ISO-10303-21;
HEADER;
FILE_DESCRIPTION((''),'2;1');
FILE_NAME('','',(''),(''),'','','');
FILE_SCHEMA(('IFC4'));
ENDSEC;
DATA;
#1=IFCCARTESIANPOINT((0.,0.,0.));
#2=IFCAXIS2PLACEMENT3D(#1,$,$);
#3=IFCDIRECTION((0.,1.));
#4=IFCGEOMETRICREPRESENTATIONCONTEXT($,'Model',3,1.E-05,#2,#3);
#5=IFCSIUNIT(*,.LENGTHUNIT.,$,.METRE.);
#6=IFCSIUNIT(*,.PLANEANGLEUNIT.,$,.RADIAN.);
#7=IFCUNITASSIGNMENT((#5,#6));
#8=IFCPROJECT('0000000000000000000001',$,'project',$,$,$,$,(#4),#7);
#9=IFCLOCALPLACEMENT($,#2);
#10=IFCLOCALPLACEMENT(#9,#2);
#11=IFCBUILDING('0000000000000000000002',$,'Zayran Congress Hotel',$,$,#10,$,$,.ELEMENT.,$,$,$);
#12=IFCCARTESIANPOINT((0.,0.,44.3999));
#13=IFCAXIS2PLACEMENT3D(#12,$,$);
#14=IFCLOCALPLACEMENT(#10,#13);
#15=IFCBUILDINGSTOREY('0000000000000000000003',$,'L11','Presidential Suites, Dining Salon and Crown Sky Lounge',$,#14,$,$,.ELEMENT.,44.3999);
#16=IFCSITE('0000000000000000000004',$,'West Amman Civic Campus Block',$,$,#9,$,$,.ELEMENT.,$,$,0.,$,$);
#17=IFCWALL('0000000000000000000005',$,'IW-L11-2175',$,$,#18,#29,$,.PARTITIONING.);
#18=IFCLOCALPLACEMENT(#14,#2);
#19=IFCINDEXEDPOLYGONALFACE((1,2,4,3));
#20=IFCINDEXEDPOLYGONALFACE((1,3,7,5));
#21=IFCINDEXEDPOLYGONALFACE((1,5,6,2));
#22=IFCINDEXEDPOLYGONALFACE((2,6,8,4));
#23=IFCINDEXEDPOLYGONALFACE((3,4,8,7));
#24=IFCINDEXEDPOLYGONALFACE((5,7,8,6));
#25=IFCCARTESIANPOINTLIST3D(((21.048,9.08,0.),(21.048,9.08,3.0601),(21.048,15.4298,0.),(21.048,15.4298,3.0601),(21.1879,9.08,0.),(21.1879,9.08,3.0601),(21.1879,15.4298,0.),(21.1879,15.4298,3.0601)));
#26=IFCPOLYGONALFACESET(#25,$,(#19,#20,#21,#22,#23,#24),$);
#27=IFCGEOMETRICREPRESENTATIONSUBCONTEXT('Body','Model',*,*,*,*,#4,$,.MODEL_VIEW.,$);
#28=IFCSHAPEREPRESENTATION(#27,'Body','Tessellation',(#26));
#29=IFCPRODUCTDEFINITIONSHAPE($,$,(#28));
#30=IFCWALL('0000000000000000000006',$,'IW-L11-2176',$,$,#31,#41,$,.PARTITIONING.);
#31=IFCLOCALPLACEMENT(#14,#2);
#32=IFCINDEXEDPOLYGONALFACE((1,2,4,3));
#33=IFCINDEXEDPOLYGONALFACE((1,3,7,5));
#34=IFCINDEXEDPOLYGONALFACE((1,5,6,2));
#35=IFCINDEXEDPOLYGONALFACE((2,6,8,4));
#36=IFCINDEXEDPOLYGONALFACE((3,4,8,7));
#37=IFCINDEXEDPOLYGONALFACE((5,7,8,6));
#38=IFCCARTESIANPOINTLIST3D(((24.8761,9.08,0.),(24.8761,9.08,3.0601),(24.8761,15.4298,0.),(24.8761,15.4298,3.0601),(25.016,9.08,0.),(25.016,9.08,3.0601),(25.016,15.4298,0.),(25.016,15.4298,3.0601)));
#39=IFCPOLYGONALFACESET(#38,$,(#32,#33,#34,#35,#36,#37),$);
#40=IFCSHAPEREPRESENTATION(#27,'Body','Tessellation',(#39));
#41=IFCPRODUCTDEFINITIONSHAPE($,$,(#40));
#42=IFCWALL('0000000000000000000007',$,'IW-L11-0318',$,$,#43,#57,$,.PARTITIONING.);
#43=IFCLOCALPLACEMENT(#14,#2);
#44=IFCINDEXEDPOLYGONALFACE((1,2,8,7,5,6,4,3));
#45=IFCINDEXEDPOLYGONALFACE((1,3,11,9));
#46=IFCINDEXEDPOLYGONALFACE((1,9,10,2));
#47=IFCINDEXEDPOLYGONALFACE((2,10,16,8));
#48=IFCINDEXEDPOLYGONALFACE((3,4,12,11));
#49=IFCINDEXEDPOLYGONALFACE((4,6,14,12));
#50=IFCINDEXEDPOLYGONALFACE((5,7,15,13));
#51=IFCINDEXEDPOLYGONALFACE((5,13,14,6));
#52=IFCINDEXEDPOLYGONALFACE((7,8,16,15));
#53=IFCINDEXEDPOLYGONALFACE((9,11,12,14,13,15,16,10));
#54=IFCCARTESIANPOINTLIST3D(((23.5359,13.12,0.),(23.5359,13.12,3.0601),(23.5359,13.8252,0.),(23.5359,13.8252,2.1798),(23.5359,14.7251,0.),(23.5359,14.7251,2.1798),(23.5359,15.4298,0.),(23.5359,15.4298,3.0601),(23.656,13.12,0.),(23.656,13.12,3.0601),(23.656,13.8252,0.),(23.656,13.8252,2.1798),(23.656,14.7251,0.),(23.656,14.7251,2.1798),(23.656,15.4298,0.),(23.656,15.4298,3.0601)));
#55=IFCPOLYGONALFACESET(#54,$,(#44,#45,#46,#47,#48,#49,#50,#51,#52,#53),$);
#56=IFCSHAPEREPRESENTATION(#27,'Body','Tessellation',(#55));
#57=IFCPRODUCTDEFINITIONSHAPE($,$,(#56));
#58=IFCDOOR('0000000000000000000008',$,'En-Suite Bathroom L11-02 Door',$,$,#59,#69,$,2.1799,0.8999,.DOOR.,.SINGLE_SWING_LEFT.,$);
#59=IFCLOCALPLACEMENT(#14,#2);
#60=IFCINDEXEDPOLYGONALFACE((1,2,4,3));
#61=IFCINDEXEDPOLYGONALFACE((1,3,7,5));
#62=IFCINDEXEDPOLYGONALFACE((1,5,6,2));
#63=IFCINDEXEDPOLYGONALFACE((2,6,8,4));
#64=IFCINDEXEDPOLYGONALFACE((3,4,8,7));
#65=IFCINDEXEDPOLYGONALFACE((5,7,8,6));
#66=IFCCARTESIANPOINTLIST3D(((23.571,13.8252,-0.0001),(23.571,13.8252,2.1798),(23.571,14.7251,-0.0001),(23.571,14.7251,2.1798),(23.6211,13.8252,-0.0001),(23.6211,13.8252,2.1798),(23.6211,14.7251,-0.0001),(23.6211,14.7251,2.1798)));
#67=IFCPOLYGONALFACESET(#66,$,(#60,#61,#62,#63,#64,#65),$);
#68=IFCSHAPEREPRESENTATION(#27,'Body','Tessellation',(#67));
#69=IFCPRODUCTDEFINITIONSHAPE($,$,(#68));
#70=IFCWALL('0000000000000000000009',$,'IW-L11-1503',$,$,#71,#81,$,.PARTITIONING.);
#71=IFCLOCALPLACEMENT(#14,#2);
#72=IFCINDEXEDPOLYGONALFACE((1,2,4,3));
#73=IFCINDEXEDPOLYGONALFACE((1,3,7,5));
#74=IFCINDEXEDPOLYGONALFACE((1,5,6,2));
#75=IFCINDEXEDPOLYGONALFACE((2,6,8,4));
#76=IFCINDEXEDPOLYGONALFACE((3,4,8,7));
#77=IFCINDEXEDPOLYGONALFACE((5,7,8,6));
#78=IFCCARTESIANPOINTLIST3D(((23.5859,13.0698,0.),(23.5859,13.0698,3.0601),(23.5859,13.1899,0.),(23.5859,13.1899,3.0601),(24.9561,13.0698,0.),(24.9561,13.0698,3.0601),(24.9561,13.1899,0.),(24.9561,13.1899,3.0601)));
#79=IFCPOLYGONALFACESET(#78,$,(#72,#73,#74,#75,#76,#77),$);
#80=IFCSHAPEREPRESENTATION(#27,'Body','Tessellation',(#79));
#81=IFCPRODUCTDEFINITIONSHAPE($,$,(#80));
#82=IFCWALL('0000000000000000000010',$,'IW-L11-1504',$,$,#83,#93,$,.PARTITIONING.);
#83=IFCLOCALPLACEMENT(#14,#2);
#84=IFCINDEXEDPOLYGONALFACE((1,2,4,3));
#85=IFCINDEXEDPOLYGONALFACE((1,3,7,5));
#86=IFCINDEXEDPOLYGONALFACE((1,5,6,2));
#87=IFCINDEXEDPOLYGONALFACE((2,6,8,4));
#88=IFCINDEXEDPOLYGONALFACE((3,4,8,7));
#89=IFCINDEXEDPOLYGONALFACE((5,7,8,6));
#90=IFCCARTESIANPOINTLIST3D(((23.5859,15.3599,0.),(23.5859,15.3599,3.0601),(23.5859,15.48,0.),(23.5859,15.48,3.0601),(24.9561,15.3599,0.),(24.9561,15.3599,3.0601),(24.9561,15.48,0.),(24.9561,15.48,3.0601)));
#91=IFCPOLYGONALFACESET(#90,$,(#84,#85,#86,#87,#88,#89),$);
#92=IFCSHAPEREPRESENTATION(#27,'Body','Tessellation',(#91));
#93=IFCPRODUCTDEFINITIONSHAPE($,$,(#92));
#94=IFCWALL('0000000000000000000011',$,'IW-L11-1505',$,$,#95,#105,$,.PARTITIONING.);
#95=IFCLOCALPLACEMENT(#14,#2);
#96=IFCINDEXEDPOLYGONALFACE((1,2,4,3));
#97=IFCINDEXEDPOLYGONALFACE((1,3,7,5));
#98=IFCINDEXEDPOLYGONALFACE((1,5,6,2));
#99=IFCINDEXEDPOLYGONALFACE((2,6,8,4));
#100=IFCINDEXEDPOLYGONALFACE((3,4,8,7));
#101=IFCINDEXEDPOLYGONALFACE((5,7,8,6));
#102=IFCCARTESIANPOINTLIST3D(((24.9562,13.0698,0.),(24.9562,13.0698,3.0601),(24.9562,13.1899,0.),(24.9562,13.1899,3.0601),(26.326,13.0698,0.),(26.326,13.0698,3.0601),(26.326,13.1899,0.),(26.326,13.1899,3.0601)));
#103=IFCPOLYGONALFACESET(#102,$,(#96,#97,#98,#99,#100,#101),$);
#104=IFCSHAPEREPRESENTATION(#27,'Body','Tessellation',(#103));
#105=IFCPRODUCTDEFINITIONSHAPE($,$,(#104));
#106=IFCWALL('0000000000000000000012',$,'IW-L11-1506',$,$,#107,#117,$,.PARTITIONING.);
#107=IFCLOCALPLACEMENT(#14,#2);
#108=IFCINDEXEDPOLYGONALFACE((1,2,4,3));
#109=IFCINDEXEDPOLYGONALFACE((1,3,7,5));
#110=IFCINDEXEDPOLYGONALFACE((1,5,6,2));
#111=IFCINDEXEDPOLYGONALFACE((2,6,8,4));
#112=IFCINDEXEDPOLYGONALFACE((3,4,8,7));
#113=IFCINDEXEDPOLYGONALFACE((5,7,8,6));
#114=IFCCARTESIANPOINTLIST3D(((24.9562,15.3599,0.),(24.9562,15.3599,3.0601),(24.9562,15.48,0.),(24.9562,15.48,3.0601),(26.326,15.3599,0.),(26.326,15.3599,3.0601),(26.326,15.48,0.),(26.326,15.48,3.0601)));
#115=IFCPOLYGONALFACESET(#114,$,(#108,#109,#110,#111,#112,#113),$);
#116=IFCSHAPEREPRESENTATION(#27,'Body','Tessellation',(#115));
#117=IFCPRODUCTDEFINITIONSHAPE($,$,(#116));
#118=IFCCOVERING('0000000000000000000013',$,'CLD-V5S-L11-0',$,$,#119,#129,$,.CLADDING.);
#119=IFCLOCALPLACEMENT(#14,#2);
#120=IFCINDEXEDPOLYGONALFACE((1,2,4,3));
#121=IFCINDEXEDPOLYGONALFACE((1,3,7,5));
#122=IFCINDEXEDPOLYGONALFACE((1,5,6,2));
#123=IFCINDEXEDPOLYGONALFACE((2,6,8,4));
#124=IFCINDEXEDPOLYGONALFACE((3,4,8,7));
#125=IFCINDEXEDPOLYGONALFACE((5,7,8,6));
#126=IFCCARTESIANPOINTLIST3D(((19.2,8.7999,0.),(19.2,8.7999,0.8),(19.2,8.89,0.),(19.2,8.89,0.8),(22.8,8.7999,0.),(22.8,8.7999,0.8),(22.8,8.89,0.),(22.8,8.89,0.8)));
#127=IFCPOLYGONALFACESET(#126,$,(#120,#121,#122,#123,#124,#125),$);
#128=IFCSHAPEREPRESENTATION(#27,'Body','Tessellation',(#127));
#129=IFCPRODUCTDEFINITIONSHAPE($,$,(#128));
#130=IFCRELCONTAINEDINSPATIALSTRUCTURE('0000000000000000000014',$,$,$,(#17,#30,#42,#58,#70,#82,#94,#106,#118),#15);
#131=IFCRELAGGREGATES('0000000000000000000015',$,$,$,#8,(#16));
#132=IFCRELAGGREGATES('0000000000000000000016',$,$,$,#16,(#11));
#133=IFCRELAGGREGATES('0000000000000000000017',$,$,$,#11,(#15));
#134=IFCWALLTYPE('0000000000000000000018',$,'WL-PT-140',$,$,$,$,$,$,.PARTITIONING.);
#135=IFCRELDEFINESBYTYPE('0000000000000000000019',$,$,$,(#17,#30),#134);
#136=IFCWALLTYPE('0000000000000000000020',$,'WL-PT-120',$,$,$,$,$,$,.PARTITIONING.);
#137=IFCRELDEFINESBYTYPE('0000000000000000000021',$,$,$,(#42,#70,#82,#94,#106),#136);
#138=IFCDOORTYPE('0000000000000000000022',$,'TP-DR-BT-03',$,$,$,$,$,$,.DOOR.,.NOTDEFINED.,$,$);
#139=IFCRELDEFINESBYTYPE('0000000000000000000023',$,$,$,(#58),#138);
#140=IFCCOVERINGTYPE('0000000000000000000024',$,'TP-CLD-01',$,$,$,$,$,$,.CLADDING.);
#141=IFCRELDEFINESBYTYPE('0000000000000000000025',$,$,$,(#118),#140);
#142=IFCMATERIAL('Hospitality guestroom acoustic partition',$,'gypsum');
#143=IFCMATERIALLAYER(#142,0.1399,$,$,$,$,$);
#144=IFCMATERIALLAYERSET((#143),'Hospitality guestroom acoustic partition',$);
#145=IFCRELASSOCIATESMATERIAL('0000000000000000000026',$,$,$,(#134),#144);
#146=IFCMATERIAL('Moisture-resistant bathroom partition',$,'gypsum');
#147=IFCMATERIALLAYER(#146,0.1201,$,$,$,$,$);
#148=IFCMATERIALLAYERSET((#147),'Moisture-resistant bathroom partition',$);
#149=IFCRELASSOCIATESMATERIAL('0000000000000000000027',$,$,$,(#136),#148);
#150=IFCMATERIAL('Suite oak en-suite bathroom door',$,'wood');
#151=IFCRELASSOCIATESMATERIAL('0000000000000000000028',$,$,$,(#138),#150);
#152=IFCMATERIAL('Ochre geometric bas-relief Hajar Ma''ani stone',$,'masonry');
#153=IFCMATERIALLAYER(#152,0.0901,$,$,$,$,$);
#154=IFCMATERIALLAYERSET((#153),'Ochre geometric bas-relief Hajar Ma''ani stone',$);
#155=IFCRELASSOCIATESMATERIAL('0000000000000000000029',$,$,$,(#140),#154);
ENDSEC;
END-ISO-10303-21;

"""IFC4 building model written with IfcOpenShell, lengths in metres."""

from ifc_helpers import new_model, si_unit, direction, frame, frame_2d, origin, origin_2d, place, context, subcontext, project, spatial, rectangle, extrude, material, layer, layer_set, type_object, element, fill, save


model = new_model("IFC4")

# Units and contexts
model_context = context("Model", 3, precision=1e-05, world=origin(), true_north=direction((0.0, 1.0)))
body_context = subcontext(model_context, "Body", "Model", "MODEL_VIEW")
ifc_project = project(units=[si_unit("LENGTHUNIT", "METRE"), si_unit("PLANEANGLEUNIT", "RADIAN")], contexts=[model_context])

# Site, building, storey
site_placement = place(None, origin())
site = spatial("IfcSite", under=ifc_project, at=site_placement, Name="West Amman Civic Campus Block", CompositionType="ELEMENT", RefElevation=0.0)
building_placement = place(site_placement, origin())
building = spatial("IfcBuilding", under=site, at=building_placement, Name="Zayran Congress Hotel", CompositionType="ELEMENT")
storey_placement = place(building_placement, frame((0.0, 0.0, 44.3999)))
storey = spatial("IfcBuildingStorey", under=building, at=storey_placement, Name="L11", Description="Presidential Suites, Dining Salon and Crown Sky Lounge", CompositionType="ELEMENT", Elevation=44.3999)

# Shared definitions
ifc_material_1 = material(Name="Hospitality guestroom acoustic partition", Category="gypsum")
ifc_layer_1 = layer(ifc_material_1, 0.1399)
ifc_layer_set_1 = layer_set([ifc_layer_1], Name="Hospitality guestroom acoustic partition")
wall_type_1 = type_object("IfcWallType", Name="WL-PT-140", PredefinedType="PARTITIONING", material=ifc_layer_set_1)

# Walls
for number, where, z_axis, x_axis, name in (
    (1, (21.1179, 9.0801, 0.0), (0.0, 0.0, 1.0), (0.0, 1.0, 0.0), "IW-L11-2175"),
    (2, (24.946, 9.0801, 0.0), (0.0, 0.0, 1.0), (0.0, 1.0, 0.0), "IW-L11-2176"),
):
    element("IfcWall", number, at=place(storey_placement, frame(where, z_axis=z_axis, x_axis=x_axis)), inside=storey, type_object=wall_type_1, Name=name, PredefinedType="PARTITIONING", context=body_context, shape_type="SweptSolid", body=[
        extrude(rectangle(XDim=6.3499, YDim=0.1399, at=frame_2d((3.1748, 0.0))), origin(), (0.0, 0.0, 1.0), 3.0601),
    ])

# Wall, opening, door
ifc_material_2 = material(Name="Moisture-resistant bathroom partition", Category="gypsum")
ifc_layer_2 = layer(ifc_material_2, 0.1201)
ifc_layer_set_2 = layer_set([ifc_layer_2], Name="Moisture-resistant bathroom partition")
wall_type_2 = type_object("IfcWallType", Name="WL-PT-120", PredefinedType="PARTITIONING", material=ifc_layer_set_2)
wall_1_placement = place(storey_placement, frame((23.5959, 13.1201, 0.0), z_axis=(0.0, 0.0, 1.0), x_axis=(0.0, 1.0, 0.0)))
wall_1 = element("IfcWall", 3, at=wall_1_placement, inside=storey, type_object=wall_type_2, Name="IW-L11-0318", PredefinedType="PARTITIONING", context=body_context, shape_type="SweptSolid", body=[
    extrude(rectangle(XDim=2.3098, YDim=0.1201, at=frame_2d((1.1548, 0.0))), origin(), (0.0, 0.0, 1.0), 3.0601),
])
opening_1_placement = place(wall_1_placement, frame((0.7051, 0.0, 0.0)))
opening_1 = element("IfcOpeningElement", 4, at=opening_1_placement, cuts=wall_1, PredefinedType="OPENING", context=body_context, shape_type="SweptSolid", body=[
    extrude(rectangle(XDim=0.8999, YDim=2.1799, at=frame_2d((0.45, 1.0898))), frame((0.0, 0.0701, 0.0), z_axis=(0.0, -1.0, 0.0), x_axis=(1.0, 0.0, 0.0)), (0.0, 0.0, 1.0), 0.1401),
])
ifc_material_3 = material(Name="Suite oak en-suite bathroom door", Category="wood")
door_type_1 = type_object("IfcDoorType", Name="TP-DR-BT-03", OperationType="NOTDEFINED", PredefinedType="DOOR", material=ifc_material_3)
door_1_placement = place(opening_1_placement, origin())
door_1 = element("IfcDoor", 5, at=door_1_placement, inside=storey, type_object=door_type_1, Name="En-Suite Bathroom L11-02 Door", OperationType="SINGLE_SWING_LEFT", OverallHeight=2.1799, OverallWidth=0.8999, PredefinedType="DOOR", context=body_context, shape_type="SweptSolid", body=[
    extrude(rectangle(XDim=0.8999, YDim=2.1799, at=frame_2d((0.45, 1.0898))), frame((0.0, 0.0249, 0.0), z_axis=(0.0, -1.0, 0.0), x_axis=(1.0, 0.0, 0.0)), (0.0, 0.0, 1.0), 0.05),
])
fill(opening_1, door_1)

# Walls
for number, where, z_axis, x_axis, name in (
    (6, (23.5859, 13.1299, 0.0), (0.0, 0.0, 1.0), (1.0, 0.0, 0.0), "IW-L11-1503"),
    (7, (23.5859, 15.4199, 0.0), (0.0, 0.0, 1.0), (1.0, 0.0, 0.0), "IW-L11-1504"),
):
    element("IfcWall", number, at=place(storey_placement, frame(where, z_axis=z_axis, x_axis=x_axis)), inside=storey, type_object=wall_type_2, Name=name, PredefinedType="PARTITIONING", context=body_context, shape_type="SweptSolid", body=[
        extrude(rectangle(XDim=1.3701, YDim=0.1201, at=frame_2d((0.6851, 0.0))), origin(), (0.0, 0.0, 1.0), 3.0601),
    ])
for number, where, z_axis, x_axis, name in (
    (8, (24.9561, 13.1299, 0.0), (0.0, 0.0, 1.0), (1.0, 0.0, 0.0), "IW-L11-1505"),
    (9, (24.9561, 15.4199, 0.0), (0.0, 0.0, 1.0), (1.0, 0.0, 0.0), "IW-L11-1506"),
):
    element("IfcWall", number, at=place(storey_placement, frame(where, z_axis=z_axis, x_axis=x_axis)), inside=storey, type_object=wall_type_2, Name=name, PredefinedType="PARTITIONING", context=body_context, shape_type="SweptSolid", body=[
        extrude(rectangle(XDim=1.3699, YDim=0.1201, at=frame_2d((0.6851, 0.0))), origin(), (0.0, 0.0, 1.0), 3.0601),
    ])

# Covering
ifc_material_4 = material(Name="Ochre geometric bas-relief Hajar Ma'ani stone", Category="masonry")
ifc_layer_3 = layer(ifc_material_4, 0.0901)
ifc_layer_set_3 = layer_set([ifc_layer_3], Name="Ochre geometric bas-relief Hajar Ma'ani stone")
covering_type = type_object("IfcCoveringType", Name="TP-CLD-01", PredefinedType="CLADDING", material=ifc_layer_set_3)
covering_placement = place(storey_placement, frame((21.0, 8.845, 0.0), z_axis=(0.0, 0.0, 1.0), x_axis=(1.0, 0.0, 0.0)))
element("IfcCovering", 10, at=covering_placement, inside=storey, type_object=covering_type, Name="CLD-V5S-L11-0", PredefinedType="CLADDING", context=body_context, shape_type="SweptSolid", body=[
    extrude(rectangle(XDim=3.6001, YDim=0.0901, at=origin_2d()), origin(), (0.0, 0.0, 1.0), 0.8),
])

save(model, "model.ifc")
